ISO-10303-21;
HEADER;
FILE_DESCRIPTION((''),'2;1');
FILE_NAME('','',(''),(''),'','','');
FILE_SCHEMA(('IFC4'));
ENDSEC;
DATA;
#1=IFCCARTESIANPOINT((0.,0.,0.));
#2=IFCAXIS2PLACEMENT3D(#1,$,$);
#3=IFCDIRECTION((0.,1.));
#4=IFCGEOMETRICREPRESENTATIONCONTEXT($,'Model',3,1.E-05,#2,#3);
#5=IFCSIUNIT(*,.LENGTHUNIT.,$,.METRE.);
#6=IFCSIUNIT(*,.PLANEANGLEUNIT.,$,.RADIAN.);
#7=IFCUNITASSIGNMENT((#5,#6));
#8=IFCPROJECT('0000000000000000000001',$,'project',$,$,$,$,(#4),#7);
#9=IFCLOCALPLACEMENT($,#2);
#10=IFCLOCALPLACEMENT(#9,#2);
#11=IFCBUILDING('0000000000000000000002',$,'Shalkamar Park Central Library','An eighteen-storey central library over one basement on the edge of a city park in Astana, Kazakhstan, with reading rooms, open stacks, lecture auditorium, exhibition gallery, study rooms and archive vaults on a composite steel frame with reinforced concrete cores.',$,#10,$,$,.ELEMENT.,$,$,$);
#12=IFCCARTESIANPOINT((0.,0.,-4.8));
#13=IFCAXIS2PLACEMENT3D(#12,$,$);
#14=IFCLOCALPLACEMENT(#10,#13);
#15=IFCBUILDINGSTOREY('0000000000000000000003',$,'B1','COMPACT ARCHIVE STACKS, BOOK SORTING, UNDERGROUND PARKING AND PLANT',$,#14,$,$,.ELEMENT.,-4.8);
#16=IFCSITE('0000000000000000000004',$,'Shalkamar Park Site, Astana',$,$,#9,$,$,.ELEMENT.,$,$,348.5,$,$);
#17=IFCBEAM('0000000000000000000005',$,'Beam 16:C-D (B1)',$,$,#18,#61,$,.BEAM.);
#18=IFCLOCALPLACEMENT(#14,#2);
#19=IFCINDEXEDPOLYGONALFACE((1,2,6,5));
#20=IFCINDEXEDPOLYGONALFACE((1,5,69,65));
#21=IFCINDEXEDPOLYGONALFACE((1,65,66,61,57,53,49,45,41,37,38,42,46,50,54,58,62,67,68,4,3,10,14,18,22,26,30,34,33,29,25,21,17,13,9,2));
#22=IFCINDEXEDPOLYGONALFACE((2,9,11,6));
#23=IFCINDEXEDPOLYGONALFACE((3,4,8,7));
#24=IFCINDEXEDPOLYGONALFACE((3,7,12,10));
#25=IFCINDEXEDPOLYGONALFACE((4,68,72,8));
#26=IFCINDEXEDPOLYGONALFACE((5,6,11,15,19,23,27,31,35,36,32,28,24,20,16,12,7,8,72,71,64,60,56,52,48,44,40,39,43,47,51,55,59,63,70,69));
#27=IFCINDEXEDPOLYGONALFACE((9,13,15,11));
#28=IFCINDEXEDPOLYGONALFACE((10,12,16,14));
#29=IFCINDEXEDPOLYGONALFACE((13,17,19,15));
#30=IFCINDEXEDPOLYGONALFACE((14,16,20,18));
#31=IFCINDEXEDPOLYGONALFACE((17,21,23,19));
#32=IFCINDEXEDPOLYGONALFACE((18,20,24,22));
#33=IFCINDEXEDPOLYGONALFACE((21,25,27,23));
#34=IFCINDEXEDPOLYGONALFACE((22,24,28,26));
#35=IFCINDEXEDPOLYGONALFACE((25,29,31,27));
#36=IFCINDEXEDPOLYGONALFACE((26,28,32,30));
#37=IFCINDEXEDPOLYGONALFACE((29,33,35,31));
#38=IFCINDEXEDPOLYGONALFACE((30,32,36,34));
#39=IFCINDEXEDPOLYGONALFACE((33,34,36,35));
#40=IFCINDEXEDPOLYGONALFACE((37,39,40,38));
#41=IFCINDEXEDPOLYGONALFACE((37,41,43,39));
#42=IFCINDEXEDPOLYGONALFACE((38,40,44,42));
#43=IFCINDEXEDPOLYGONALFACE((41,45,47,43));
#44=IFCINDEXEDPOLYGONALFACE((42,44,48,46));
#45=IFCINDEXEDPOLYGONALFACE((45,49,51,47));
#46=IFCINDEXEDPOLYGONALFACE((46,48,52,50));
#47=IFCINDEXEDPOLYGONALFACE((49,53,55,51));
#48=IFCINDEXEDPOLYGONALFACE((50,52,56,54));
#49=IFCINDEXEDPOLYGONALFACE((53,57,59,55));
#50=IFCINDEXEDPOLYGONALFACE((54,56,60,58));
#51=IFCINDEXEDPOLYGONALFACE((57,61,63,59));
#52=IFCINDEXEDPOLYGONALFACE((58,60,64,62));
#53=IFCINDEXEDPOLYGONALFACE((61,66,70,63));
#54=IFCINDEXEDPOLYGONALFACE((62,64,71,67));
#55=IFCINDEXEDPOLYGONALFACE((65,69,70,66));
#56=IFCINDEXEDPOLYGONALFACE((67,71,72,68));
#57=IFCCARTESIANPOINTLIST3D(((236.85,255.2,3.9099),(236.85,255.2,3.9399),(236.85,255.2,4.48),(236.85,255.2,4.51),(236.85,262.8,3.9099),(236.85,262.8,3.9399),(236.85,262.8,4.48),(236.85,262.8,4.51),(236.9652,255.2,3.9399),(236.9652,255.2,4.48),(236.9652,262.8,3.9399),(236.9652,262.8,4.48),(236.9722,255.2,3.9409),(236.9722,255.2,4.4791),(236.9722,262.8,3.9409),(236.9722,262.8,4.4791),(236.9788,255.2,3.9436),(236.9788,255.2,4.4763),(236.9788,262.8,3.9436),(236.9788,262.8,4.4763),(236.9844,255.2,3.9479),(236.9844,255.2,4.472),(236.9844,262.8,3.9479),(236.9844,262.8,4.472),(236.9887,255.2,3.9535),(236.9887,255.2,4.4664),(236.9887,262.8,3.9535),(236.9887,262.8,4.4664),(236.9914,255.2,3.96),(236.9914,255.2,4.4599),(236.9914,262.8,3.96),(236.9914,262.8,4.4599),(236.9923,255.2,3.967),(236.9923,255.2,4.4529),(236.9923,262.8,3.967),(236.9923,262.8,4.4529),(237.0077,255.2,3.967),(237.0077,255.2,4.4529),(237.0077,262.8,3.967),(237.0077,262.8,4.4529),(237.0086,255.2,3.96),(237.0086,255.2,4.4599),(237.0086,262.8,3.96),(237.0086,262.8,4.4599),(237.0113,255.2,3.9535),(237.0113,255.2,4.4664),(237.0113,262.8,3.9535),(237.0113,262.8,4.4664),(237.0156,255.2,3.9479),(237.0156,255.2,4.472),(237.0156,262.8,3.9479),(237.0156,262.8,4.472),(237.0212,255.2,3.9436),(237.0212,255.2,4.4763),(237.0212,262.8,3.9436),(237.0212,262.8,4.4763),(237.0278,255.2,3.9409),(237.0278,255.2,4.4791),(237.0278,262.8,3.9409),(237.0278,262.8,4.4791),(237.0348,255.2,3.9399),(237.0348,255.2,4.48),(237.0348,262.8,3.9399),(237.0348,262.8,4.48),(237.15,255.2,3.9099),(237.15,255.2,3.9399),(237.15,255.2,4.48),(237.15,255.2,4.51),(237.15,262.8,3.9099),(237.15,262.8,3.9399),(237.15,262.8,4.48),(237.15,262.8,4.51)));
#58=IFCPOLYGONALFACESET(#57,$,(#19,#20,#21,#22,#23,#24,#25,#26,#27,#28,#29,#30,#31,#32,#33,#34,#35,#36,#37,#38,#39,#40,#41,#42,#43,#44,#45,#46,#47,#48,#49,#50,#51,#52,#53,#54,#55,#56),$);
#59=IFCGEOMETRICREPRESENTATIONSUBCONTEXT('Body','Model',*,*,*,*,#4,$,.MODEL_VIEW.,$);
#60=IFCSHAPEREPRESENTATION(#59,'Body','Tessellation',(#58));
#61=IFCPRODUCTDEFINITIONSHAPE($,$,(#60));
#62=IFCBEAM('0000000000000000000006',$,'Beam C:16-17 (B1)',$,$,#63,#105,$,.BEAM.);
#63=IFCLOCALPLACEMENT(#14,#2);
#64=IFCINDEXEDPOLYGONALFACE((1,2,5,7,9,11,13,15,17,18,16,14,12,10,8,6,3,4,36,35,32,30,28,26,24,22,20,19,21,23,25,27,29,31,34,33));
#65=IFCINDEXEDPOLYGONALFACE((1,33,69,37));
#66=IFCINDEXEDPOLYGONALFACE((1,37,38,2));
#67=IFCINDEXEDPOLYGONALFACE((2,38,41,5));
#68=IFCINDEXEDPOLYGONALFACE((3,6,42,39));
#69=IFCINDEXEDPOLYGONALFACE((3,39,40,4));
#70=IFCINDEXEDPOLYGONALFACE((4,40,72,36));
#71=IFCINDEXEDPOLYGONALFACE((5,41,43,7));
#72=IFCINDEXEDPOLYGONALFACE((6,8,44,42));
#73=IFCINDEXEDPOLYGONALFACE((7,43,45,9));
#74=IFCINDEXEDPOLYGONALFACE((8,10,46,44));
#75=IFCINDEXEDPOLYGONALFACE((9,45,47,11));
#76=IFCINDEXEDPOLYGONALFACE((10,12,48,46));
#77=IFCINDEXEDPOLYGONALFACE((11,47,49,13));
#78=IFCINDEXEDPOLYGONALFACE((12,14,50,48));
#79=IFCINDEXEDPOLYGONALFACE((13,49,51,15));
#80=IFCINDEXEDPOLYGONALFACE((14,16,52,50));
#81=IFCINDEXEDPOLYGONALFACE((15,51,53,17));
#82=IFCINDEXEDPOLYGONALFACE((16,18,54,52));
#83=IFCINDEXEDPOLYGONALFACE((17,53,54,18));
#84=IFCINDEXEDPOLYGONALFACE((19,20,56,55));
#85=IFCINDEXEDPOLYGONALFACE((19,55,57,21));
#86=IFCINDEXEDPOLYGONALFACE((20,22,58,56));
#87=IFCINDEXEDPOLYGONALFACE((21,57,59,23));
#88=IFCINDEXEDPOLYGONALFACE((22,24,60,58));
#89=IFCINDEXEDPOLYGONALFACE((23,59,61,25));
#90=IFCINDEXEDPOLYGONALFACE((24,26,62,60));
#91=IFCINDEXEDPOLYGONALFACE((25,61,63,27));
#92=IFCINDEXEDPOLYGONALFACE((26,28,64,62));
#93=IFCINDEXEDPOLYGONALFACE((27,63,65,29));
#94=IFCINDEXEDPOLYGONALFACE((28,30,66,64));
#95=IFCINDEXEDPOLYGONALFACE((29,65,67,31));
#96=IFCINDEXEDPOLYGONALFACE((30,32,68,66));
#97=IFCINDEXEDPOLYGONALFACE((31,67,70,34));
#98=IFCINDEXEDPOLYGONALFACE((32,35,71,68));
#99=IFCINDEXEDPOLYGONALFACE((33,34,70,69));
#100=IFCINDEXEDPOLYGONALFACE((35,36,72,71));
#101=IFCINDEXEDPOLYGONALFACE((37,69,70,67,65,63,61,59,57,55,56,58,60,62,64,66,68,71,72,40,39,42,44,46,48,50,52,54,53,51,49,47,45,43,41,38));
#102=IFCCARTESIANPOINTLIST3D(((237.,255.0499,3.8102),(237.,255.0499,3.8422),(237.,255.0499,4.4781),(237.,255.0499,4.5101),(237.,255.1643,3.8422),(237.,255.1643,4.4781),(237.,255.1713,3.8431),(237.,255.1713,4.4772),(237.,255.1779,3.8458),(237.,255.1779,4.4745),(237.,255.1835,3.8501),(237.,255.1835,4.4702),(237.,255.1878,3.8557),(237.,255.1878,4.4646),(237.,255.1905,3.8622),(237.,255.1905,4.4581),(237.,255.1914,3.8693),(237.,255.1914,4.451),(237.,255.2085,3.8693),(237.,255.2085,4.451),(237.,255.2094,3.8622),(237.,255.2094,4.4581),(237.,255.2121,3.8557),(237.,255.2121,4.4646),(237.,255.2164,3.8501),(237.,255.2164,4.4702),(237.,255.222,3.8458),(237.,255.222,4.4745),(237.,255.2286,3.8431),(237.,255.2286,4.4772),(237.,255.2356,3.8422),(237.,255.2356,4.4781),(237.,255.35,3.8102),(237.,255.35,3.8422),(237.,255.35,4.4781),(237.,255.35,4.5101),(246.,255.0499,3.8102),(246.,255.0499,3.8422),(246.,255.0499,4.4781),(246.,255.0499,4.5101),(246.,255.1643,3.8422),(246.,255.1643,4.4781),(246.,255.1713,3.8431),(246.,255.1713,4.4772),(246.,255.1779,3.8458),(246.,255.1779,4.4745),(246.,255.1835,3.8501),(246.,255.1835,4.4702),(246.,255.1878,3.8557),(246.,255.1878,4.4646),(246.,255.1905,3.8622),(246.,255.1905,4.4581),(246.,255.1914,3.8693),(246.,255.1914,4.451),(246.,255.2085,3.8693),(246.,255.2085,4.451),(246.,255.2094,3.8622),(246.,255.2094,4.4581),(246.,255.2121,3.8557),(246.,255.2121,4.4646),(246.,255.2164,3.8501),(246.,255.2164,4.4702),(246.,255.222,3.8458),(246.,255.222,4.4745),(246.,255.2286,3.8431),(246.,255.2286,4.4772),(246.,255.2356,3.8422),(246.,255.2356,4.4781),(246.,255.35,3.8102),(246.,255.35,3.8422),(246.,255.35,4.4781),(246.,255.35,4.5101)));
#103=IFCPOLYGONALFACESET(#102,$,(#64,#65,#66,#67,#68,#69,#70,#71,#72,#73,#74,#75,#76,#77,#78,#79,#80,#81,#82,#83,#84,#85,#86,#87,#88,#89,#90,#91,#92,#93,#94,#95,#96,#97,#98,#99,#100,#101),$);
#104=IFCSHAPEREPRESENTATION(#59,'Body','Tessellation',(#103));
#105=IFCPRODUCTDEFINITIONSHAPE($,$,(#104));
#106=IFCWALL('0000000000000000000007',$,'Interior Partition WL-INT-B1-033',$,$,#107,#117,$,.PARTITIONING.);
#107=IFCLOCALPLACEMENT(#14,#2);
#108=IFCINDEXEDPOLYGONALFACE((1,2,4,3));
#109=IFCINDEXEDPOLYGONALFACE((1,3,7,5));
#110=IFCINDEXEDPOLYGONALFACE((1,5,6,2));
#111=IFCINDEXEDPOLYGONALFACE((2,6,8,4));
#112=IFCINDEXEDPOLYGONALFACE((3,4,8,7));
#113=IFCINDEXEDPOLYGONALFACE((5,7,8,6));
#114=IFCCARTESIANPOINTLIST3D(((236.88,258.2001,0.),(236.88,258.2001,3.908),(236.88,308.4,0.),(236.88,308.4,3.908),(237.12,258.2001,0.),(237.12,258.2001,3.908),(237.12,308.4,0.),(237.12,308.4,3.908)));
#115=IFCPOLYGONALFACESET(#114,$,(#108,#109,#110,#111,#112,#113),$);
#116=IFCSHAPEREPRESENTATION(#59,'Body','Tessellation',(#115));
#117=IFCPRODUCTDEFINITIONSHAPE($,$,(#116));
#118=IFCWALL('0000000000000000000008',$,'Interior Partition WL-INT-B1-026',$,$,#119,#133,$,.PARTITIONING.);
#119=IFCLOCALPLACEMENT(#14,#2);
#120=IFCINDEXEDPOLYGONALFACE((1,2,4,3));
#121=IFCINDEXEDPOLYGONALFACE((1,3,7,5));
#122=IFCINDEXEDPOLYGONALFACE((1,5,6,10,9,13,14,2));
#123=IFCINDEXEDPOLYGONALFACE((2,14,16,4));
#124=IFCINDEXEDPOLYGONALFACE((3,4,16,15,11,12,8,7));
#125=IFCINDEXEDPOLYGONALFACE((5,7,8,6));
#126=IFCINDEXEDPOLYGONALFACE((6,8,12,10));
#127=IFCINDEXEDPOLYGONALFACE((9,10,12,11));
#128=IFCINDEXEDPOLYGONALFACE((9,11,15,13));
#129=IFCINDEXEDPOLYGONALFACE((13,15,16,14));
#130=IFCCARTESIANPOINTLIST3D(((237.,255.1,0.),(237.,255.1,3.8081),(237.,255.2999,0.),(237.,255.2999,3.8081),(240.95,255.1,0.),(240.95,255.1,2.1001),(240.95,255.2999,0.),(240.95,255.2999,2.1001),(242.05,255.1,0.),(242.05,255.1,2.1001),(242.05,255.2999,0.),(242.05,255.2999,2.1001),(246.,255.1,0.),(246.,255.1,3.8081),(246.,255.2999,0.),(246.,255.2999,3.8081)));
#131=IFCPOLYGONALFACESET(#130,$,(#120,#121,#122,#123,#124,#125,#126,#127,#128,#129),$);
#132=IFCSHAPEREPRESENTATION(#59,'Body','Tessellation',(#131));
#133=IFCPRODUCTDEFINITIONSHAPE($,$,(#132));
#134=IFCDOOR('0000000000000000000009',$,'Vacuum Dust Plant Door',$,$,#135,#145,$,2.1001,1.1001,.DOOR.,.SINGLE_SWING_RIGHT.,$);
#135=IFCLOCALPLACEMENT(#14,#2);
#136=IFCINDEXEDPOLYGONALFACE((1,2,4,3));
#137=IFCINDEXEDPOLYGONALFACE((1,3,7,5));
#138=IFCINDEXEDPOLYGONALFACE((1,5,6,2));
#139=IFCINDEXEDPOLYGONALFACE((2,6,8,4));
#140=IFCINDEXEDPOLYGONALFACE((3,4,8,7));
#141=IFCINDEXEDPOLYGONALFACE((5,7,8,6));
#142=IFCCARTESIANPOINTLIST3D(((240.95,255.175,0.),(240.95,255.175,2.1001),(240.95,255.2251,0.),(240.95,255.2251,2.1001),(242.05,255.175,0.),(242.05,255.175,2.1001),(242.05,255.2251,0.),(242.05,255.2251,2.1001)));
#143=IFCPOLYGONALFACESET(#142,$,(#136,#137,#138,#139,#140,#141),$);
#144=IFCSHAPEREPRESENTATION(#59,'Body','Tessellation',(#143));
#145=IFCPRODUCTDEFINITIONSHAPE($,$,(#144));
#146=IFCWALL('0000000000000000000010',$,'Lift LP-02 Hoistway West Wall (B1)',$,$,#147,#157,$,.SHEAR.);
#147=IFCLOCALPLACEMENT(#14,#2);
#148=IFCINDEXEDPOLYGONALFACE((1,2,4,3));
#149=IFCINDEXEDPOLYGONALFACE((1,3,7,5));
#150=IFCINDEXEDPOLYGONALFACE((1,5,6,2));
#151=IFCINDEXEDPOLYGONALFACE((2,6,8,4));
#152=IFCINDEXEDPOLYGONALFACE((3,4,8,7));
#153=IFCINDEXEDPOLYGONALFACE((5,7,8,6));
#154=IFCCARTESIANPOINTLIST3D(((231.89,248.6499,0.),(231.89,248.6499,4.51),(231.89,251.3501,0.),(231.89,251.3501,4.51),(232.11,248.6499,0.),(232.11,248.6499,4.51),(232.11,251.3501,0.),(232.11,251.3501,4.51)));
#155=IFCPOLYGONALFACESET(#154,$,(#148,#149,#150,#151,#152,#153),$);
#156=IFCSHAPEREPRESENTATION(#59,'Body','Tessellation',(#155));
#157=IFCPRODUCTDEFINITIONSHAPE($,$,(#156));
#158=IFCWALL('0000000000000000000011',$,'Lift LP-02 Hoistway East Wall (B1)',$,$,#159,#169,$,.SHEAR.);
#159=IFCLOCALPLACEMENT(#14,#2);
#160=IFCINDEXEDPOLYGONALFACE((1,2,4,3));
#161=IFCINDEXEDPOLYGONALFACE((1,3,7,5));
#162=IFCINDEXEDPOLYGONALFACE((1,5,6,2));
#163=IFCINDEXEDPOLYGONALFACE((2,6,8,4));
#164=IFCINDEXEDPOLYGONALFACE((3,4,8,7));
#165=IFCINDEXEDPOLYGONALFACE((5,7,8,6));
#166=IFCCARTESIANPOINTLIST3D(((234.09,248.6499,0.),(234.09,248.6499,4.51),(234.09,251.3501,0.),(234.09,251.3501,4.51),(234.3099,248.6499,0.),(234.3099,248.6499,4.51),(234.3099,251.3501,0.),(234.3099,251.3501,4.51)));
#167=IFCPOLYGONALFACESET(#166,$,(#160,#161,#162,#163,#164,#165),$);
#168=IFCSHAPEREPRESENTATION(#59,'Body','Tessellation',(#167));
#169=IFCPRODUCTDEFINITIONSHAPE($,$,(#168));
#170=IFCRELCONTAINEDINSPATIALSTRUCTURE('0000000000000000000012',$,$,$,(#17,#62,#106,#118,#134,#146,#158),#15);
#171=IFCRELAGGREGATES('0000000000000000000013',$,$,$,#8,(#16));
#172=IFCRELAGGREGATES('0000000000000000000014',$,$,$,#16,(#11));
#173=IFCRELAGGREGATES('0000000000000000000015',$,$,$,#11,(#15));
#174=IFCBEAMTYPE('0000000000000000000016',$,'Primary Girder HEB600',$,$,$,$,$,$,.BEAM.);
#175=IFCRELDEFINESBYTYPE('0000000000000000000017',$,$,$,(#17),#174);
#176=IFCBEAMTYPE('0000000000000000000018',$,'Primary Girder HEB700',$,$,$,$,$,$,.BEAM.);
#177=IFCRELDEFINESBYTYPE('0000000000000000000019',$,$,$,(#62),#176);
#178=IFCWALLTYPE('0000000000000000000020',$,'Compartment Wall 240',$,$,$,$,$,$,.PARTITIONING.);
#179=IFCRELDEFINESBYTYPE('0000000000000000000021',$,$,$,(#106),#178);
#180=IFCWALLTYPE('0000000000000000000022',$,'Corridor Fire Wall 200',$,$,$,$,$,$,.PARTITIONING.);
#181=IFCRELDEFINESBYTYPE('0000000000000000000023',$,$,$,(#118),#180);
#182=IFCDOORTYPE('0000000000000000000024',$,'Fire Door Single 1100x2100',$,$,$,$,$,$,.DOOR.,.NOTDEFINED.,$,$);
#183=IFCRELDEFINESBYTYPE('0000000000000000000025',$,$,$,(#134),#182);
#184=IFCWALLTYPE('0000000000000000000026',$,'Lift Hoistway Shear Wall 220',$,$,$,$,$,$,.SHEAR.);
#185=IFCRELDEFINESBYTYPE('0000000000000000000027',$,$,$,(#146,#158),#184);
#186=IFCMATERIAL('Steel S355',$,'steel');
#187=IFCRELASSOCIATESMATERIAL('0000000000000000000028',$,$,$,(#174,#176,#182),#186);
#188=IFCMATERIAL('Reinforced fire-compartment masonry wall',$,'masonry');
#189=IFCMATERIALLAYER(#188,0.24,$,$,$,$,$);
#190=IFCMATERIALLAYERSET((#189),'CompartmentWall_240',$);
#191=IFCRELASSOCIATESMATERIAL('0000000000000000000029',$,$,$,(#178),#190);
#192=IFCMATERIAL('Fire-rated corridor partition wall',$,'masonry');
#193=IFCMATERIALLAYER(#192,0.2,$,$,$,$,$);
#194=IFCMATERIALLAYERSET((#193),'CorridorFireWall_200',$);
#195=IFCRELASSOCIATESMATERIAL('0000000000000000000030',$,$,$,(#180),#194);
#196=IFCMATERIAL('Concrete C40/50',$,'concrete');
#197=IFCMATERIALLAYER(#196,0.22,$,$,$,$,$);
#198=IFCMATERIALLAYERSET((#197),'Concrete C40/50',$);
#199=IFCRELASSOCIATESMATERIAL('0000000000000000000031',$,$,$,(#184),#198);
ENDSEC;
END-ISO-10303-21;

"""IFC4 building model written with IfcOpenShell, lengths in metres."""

from ifc_helpers import new_model, si_unit, direction, frame, frame_2d, origin, origin_2d, place, context, subcontext, project, spatial, rectangle, i_section, extrude, material, layer, layer_set, material_profile, profile_set, type_object, element, fill, save


model = new_model("IFC4")

# Units and contexts
model_context = context("Model", 3, precision=1e-05, world=origin(), true_north=direction((0.0, 1.0)))
body_context = subcontext(model_context, "Body", "Model", "MODEL_VIEW")
ifc_project = project(units=[si_unit("LENGTHUNIT", "METRE"), si_unit("PLANEANGLEUNIT", "RADIAN")], contexts=[model_context])

# Site, building, storey
site_placement = place(None, origin())
site = spatial("IfcSite", under=ifc_project, at=site_placement, Name="Shalkamar Park Site, Astana", CompositionType="ELEMENT", RefElevation=348.5)
building_placement = place(site_placement, origin())
building = spatial("IfcBuilding", under=site, at=building_placement, Name="Shalkamar Park Central Library", Description="An eighteen-storey central library over one basement on the edge of a city park in Astana, Kazakhstan, with reading rooms, open stacks, lecture auditorium, exhibition gallery, study rooms and archive vaults on a composite steel frame with reinforced concrete cores.", CompositionType="ELEMENT")
storey_placement = place(building_placement, frame((0.0, 0.0, -4.8)))
storey = spatial("IfcBuildingStorey", under=building, at=storey_placement, Name="B1", Description="COMPACT ARCHIVE STACKS, BOOK SORTING, UNDERGROUND PARKING AND PLANT", CompositionType="ELEMENT", Elevation=-4.8)

# Shared definitions
ifc_material_1 = material(Name="Steel S355", Category="steel")

# Beams
ifc_material_profile_1 = material_profile(ifc_material_1, i_section(OverallWidth=0.3, OverallDepth=0.6001, WebThickness=0.0154, FlangeThickness=0.03, FilletRadius=0.0271, at=origin_2d()), Name="HEB 600")
ifc_profile_set_1 = profile_set([ifc_material_profile_1], Name="Steel S355")
beam_type_1 = type_object("IfcBeamType", Name="Primary Girder HEB600", PredefinedType="BEAM", material=ifc_profile_set_1)
beam_1_placement = place(storey_placement, frame((237.0, 255.2, 4.21), z_axis=(0.0, 1.0, 0.0), x_axis=(-1.0, 0.0, 0.0)))
element("IfcBeam", 1, at=beam_1_placement, inside=storey, type_object=beam_type_1, Name="Beam 16:C-D (B1)", PredefinedType="BEAM", context=body_context, shape_type="SweptSolid", body=[
    extrude(i_section(OverallWidth=0.3, OverallDepth=0.6001, WebThickness=0.0154, FlangeThickness=0.03, FilletRadius=0.0271, at=origin_2d()), origin(), (0.0, 0.0, 1.0), 7.6001),
])
ifc_material_profile_2 = material_profile(ifc_material_1, i_section(OverallWidth=0.3, OverallDepth=0.7, WebThickness=0.0171, FlangeThickness=0.032, FilletRadius=0.0271, at=origin_2d()), Name="HEB 700")
ifc_profile_set_2 = profile_set([ifc_material_profile_2], Name="Steel S355")
beam_type_2 = type_object("IfcBeamType", Name="Primary Girder HEB700", PredefinedType="BEAM", material=ifc_profile_set_2)
beam_2_placement = place(storey_placement, frame((237.0, 255.2, 4.1602), z_axis=(1.0, 0.0, 0.0), x_axis=(0.0, 1.0, 0.0)))
element("IfcBeam", 2, at=beam_2_placement, inside=storey, type_object=beam_type_2, Name="Beam C:16-17 (B1)", PredefinedType="BEAM", context=body_context, shape_type="SweptSolid", body=[
    extrude(i_section(OverallWidth=0.3, OverallDepth=0.7, WebThickness=0.0171, FlangeThickness=0.032, FilletRadius=0.0271, at=origin_2d()), origin(), (0.0, 0.0, 1.0), 9.0),
])

# Wall
ifc_material_2 = material(Name="Reinforced fire-compartment masonry wall", Category="masonry")
ifc_layer_1 = layer(ifc_material_2, 0.24)
ifc_layer_set_1 = layer_set([ifc_layer_1], Name="CompartmentWall_240")
wall_type_1 = type_object("IfcWallType", Name="Compartment Wall 240", PredefinedType="PARTITIONING", material=ifc_layer_set_1)
wall_1_placement = place(storey_placement, frame((237.0, 258.2, 0.0), z_axis=(0.0, 0.0, 1.0), x_axis=(0.0, 1.0, 0.0)))
element("IfcWall", 3, at=wall_1_placement, inside=storey, type_object=wall_type_1, Name="Interior Partition WL-INT-B1-033", PredefinedType="PARTITIONING", context=body_context, shape_type="SweptSolid", body=[
    extrude(rectangle(XDim=50.2, YDim=0.24, at=frame_2d((25.1001, 0.0))), origin(), (0.0, 0.0, 1.0), 3.908),
])

# Wall, opening, door
ifc_material_3 = material(Name="Fire-rated corridor partition wall", Category="masonry")
ifc_layer_2 = layer(ifc_material_3, 0.2)
ifc_layer_set_2 = layer_set([ifc_layer_2], Name="CorridorFireWall_200")
wall_type_2 = type_object("IfcWallType", Name="Corridor Fire Wall 200", PredefinedType="PARTITIONING", material=ifc_layer_set_2)
wall_2_placement = place(storey_placement, frame((237.0, 255.2, 0.0), z_axis=(0.0, 0.0, 1.0), x_axis=(1.0, 0.0, 0.0)))
wall_2 = element("IfcWall", 4, at=wall_2_placement, inside=storey, type_object=wall_type_2, Name="Interior Partition WL-INT-B1-026", PredefinedType="PARTITIONING", context=body_context, shape_type="SweptSolid", body=[
    extrude(rectangle(XDim=9.0, YDim=0.2, at=frame_2d((4.5, 0.0))), origin(), (0.0, 0.0, 1.0), 3.8081),
])
opening_1_placement = place(wall_2_placement, frame((3.95, 0.0, 0.0)))
opening_1 = element("IfcOpeningElement", 5, at=opening_1_placement, cuts=wall_2, PredefinedType="OPENING", context=body_context, shape_type="SweptSolid", body=[
    extrude(rectangle(XDim=1.1001, YDim=2.1001, at=frame_2d((0.55, 1.05))), frame((0.0, 0.1147, 0.0), z_axis=(0.0, -1.0, 0.0), x_axis=(1.0, 0.0, 0.0)), (0.0, 0.0, 1.0), 0.2297),
])
door_type_1 = type_object("IfcDoorType", Name="Fire Door Single 1100x2100", OperationType="NOTDEFINED", PredefinedType="DOOR", material=ifc_material_1)
door_1_placement = place(opening_1_placement, frame((1.1001, 0.0, 0.0), z_axis=(0.0, 0.0, 1.0), x_axis=(-1.0, 0.0, 0.0)))
door_1 = element("IfcDoor", 6, at=door_1_placement, inside=storey, type_object=door_type_1, Name="Vacuum Dust Plant Door", OperationType="SINGLE_SWING_RIGHT", OverallHeight=2.1001, OverallWidth=1.1001, PredefinedType="DOOR", context=body_context, shape_type="SweptSolid", body=[
    extrude(rectangle(XDim=1.1001, YDim=2.1001, at=frame_2d((0.55, 1.05))), frame((0.0, 0.0249, 0.0), z_axis=(0.0, -1.0, 0.0), x_axis=(1.0, 0.0, 0.0)), (0.0, 0.0, 1.0), 0.05),
])
fill(opening_1, door_1)

# Walls
ifc_material_4 = material(Name="Concrete C40/50", Category="concrete")
ifc_layer_3 = layer(ifc_material_4, 0.22)
ifc_layer_set_3 = layer_set([ifc_layer_3], Name="Concrete C40/50")
wall_type_3 = type_object("IfcWallType", Name="Lift Hoistway Shear Wall 220", PredefinedType="SHEAR", material=ifc_layer_set_3)
for number, where, z_axis, x_axis, name in (
    (7, (232.0, 248.6499, 0.0), (0.0, 0.0, 1.0), (0.0, 1.0, 0.0), "Lift LP-02 Hoistway West Wall (B1)"),
    (8, (234.2, 248.6499, 0.0), (0.0, 0.0, 1.0), (0.0, 1.0, 0.0), "Lift LP-02 Hoistway East Wall (B1)"),
):
    element("IfcWall", number, at=place(storey_placement, frame(where, z_axis=z_axis, x_axis=x_axis)), inside=storey, type_object=wall_type_3, Name=name, PredefinedType="SHEAR", context=body_context, shape_type="SweptSolid", body=[
        extrude(rectangle(XDim=2.7002, YDim=0.22, at=frame_2d((1.3501, 0.0))), origin(), (0.0, 0.0, 1.0), 4.51),
    ])

save(model, "model.ifc")
